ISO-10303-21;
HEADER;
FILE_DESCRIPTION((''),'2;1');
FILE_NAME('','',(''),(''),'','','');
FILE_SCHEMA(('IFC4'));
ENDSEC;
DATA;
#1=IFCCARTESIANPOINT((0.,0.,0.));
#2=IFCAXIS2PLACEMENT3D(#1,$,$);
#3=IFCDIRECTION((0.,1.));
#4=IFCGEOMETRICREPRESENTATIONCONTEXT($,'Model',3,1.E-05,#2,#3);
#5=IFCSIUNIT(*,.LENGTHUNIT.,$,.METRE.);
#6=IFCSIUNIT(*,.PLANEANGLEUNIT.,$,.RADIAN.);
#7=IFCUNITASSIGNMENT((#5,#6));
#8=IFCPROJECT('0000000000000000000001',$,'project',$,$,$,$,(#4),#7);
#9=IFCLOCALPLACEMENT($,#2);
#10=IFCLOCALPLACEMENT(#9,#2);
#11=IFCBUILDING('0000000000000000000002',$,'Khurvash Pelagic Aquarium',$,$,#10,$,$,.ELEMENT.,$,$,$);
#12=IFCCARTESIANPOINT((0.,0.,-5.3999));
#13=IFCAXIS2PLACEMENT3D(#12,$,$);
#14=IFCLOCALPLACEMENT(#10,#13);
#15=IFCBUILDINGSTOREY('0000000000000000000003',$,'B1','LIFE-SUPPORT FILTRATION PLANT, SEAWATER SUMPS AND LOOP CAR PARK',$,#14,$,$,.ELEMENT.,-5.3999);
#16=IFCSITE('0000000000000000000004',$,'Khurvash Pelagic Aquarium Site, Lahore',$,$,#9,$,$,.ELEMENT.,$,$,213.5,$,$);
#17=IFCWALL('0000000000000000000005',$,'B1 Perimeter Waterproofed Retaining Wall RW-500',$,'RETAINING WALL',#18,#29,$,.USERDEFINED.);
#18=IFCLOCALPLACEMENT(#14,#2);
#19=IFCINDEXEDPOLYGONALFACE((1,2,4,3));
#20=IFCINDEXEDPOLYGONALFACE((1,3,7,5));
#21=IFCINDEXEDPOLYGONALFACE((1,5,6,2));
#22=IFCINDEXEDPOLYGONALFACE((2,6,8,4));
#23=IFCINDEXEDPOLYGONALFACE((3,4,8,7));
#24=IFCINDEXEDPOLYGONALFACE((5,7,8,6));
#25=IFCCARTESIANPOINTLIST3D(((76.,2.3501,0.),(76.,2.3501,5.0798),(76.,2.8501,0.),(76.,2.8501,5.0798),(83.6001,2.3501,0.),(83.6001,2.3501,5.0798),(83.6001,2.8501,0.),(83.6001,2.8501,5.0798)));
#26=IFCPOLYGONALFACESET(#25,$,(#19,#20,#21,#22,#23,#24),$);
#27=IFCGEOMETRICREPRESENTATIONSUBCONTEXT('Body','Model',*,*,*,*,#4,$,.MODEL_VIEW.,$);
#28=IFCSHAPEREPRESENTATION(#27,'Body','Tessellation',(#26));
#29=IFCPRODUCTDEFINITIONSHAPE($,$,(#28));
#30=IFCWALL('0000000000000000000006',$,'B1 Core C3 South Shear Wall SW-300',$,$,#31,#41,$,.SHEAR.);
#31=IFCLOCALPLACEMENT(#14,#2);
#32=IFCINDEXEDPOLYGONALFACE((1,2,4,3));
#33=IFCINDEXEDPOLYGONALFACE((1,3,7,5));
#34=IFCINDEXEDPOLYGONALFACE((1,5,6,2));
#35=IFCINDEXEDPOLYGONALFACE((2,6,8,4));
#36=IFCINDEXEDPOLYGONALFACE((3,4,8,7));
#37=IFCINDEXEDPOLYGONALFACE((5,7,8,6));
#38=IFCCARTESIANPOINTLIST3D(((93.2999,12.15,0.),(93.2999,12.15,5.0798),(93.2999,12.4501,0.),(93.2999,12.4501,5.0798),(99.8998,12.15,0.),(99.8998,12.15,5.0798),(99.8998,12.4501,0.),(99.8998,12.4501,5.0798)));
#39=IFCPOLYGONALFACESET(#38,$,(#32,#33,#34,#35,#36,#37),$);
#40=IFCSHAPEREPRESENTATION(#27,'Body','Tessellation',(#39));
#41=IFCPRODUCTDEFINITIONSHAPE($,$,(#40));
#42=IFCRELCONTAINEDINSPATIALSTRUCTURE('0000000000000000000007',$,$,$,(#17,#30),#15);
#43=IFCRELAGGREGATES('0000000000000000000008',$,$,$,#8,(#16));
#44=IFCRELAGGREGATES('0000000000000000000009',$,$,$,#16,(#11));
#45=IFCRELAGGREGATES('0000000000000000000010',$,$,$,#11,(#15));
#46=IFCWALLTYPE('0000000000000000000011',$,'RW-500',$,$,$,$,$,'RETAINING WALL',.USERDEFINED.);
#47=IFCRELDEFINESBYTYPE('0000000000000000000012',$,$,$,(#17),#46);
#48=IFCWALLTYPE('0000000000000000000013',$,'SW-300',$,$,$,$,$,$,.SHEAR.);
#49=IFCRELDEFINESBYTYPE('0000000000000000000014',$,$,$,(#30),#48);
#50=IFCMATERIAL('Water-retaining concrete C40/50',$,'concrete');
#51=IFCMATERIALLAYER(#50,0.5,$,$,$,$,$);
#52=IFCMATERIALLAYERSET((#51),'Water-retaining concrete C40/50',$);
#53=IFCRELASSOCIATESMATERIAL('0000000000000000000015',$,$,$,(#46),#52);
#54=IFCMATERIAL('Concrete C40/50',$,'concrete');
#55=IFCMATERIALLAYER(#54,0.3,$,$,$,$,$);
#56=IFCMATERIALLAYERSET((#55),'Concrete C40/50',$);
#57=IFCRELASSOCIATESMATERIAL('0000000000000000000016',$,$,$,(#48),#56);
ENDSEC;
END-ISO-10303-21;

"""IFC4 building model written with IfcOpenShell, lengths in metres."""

from ifc_helpers import new_model, si_unit, direction, frame, frame_2d, origin, place, context, subcontext, project, spatial, rectangle, extrude, material, layer, layer_set, type_object, element, save


model = new_model("IFC4")

# Units and contexts
model_context = context("Model", 3, precision=1e-05, world=origin(), true_north=direction((0.0, 1.0)))
body_context = subcontext(model_context, "Body", "Model", "MODEL_VIEW")
ifc_project = project(units=[si_unit("LENGTHUNIT", "METRE"), si_unit("PLANEANGLEUNIT", "RADIAN")], contexts=[model_context])

# Site, building, storey
site_placement = place(None, origin())
site = spatial("IfcSite", under=ifc_project, at=site_placement, Name="Khurvash Pelagic Aquarium Site, Lahore", CompositionType="ELEMENT", RefElevation=213.5)
building_placement = place(site_placement, origin())
building = spatial("IfcBuilding", under=site, at=building_placement, Name="Khurvash Pelagic Aquarium", CompositionType="ELEMENT")
storey_placement = place(building_placement, frame((0.0, 0.0, -5.3999)))
storey = spatial("IfcBuildingStorey", under=building, at=storey_placement, Name="B1", Description="LIFE-SUPPORT FILTRATION PLANT, SEAWATER SUMPS AND LOOP CAR PARK", CompositionType="ELEMENT", Elevation=-5.3999)

# Shared definitions
ifc_material_1 = material(Name="Concrete C40/50", Category="concrete")

# Walls
ifc_material_2 = material(Name="Water-retaining concrete C40/50", Category="concrete")
ifc_layer_1 = layer(ifc_material_2, 0.5)
ifc_layer_set_1 = layer_set([ifc_layer_1], Name="Water-retaining concrete C40/50")
wall_type_1 = type_object("IfcWallType", Name="RW-500", ElementType="RETAINING WALL", PredefinedType="USERDEFINED", material=ifc_layer_set_1)
for number, where, z_axis, x_axis, name in (
    (1, (83.6001, 2.6001, 0.0), (0.0, 0.0, 1.0), (-1.0, 0.0, 0.0), "B1 Perimeter Waterproofed Retaining Wall RW-500"),
):
    element("IfcWall", number, at=place(storey_placement, frame(where, z_axis=z_axis, x_axis=x_axis)), inside=storey, type_object=wall_type_1, Name=name, ObjectType="RETAINING WALL", PredefinedType="USERDEFINED", context=body_context, shape_type="SweptSolid", body=[
        extrude(rectangle(XDim=7.6001, YDim=0.5, at=frame_2d((3.8, 0.0))), origin(), (0.0, 0.0, 1.0), 5.0798),
    ])
ifc_layer_2 = layer(ifc_material_1, 0.3)
ifc_layer_set_2 = layer_set([ifc_layer_2], Name="Concrete C40/50")
wall_type_2 = type_object("IfcWallType", Name="SW-300", PredefinedType="SHEAR", material=ifc_layer_set_2)
wall_placement = place(storey_placement, frame((93.3, 12.3, 0.0), z_axis=(0.0, 0.0, 1.0), x_axis=(1.0, 0.0, 0.0)))
element("IfcWall", 2, at=wall_placement, inside=storey, type_object=wall_type_2, Name="B1 Core C3 South Shear Wall SW-300", PredefinedType="SHEAR", context=body_context, shape_type="SweptSolid", body=[
    extrude(rectangle(XDim=6.5999, YDim=0.3, at=frame_2d((3.2998, 0.0))), origin(), (0.0, 0.0, 1.0), 5.0798),
])

save(model, "model.ifc")
